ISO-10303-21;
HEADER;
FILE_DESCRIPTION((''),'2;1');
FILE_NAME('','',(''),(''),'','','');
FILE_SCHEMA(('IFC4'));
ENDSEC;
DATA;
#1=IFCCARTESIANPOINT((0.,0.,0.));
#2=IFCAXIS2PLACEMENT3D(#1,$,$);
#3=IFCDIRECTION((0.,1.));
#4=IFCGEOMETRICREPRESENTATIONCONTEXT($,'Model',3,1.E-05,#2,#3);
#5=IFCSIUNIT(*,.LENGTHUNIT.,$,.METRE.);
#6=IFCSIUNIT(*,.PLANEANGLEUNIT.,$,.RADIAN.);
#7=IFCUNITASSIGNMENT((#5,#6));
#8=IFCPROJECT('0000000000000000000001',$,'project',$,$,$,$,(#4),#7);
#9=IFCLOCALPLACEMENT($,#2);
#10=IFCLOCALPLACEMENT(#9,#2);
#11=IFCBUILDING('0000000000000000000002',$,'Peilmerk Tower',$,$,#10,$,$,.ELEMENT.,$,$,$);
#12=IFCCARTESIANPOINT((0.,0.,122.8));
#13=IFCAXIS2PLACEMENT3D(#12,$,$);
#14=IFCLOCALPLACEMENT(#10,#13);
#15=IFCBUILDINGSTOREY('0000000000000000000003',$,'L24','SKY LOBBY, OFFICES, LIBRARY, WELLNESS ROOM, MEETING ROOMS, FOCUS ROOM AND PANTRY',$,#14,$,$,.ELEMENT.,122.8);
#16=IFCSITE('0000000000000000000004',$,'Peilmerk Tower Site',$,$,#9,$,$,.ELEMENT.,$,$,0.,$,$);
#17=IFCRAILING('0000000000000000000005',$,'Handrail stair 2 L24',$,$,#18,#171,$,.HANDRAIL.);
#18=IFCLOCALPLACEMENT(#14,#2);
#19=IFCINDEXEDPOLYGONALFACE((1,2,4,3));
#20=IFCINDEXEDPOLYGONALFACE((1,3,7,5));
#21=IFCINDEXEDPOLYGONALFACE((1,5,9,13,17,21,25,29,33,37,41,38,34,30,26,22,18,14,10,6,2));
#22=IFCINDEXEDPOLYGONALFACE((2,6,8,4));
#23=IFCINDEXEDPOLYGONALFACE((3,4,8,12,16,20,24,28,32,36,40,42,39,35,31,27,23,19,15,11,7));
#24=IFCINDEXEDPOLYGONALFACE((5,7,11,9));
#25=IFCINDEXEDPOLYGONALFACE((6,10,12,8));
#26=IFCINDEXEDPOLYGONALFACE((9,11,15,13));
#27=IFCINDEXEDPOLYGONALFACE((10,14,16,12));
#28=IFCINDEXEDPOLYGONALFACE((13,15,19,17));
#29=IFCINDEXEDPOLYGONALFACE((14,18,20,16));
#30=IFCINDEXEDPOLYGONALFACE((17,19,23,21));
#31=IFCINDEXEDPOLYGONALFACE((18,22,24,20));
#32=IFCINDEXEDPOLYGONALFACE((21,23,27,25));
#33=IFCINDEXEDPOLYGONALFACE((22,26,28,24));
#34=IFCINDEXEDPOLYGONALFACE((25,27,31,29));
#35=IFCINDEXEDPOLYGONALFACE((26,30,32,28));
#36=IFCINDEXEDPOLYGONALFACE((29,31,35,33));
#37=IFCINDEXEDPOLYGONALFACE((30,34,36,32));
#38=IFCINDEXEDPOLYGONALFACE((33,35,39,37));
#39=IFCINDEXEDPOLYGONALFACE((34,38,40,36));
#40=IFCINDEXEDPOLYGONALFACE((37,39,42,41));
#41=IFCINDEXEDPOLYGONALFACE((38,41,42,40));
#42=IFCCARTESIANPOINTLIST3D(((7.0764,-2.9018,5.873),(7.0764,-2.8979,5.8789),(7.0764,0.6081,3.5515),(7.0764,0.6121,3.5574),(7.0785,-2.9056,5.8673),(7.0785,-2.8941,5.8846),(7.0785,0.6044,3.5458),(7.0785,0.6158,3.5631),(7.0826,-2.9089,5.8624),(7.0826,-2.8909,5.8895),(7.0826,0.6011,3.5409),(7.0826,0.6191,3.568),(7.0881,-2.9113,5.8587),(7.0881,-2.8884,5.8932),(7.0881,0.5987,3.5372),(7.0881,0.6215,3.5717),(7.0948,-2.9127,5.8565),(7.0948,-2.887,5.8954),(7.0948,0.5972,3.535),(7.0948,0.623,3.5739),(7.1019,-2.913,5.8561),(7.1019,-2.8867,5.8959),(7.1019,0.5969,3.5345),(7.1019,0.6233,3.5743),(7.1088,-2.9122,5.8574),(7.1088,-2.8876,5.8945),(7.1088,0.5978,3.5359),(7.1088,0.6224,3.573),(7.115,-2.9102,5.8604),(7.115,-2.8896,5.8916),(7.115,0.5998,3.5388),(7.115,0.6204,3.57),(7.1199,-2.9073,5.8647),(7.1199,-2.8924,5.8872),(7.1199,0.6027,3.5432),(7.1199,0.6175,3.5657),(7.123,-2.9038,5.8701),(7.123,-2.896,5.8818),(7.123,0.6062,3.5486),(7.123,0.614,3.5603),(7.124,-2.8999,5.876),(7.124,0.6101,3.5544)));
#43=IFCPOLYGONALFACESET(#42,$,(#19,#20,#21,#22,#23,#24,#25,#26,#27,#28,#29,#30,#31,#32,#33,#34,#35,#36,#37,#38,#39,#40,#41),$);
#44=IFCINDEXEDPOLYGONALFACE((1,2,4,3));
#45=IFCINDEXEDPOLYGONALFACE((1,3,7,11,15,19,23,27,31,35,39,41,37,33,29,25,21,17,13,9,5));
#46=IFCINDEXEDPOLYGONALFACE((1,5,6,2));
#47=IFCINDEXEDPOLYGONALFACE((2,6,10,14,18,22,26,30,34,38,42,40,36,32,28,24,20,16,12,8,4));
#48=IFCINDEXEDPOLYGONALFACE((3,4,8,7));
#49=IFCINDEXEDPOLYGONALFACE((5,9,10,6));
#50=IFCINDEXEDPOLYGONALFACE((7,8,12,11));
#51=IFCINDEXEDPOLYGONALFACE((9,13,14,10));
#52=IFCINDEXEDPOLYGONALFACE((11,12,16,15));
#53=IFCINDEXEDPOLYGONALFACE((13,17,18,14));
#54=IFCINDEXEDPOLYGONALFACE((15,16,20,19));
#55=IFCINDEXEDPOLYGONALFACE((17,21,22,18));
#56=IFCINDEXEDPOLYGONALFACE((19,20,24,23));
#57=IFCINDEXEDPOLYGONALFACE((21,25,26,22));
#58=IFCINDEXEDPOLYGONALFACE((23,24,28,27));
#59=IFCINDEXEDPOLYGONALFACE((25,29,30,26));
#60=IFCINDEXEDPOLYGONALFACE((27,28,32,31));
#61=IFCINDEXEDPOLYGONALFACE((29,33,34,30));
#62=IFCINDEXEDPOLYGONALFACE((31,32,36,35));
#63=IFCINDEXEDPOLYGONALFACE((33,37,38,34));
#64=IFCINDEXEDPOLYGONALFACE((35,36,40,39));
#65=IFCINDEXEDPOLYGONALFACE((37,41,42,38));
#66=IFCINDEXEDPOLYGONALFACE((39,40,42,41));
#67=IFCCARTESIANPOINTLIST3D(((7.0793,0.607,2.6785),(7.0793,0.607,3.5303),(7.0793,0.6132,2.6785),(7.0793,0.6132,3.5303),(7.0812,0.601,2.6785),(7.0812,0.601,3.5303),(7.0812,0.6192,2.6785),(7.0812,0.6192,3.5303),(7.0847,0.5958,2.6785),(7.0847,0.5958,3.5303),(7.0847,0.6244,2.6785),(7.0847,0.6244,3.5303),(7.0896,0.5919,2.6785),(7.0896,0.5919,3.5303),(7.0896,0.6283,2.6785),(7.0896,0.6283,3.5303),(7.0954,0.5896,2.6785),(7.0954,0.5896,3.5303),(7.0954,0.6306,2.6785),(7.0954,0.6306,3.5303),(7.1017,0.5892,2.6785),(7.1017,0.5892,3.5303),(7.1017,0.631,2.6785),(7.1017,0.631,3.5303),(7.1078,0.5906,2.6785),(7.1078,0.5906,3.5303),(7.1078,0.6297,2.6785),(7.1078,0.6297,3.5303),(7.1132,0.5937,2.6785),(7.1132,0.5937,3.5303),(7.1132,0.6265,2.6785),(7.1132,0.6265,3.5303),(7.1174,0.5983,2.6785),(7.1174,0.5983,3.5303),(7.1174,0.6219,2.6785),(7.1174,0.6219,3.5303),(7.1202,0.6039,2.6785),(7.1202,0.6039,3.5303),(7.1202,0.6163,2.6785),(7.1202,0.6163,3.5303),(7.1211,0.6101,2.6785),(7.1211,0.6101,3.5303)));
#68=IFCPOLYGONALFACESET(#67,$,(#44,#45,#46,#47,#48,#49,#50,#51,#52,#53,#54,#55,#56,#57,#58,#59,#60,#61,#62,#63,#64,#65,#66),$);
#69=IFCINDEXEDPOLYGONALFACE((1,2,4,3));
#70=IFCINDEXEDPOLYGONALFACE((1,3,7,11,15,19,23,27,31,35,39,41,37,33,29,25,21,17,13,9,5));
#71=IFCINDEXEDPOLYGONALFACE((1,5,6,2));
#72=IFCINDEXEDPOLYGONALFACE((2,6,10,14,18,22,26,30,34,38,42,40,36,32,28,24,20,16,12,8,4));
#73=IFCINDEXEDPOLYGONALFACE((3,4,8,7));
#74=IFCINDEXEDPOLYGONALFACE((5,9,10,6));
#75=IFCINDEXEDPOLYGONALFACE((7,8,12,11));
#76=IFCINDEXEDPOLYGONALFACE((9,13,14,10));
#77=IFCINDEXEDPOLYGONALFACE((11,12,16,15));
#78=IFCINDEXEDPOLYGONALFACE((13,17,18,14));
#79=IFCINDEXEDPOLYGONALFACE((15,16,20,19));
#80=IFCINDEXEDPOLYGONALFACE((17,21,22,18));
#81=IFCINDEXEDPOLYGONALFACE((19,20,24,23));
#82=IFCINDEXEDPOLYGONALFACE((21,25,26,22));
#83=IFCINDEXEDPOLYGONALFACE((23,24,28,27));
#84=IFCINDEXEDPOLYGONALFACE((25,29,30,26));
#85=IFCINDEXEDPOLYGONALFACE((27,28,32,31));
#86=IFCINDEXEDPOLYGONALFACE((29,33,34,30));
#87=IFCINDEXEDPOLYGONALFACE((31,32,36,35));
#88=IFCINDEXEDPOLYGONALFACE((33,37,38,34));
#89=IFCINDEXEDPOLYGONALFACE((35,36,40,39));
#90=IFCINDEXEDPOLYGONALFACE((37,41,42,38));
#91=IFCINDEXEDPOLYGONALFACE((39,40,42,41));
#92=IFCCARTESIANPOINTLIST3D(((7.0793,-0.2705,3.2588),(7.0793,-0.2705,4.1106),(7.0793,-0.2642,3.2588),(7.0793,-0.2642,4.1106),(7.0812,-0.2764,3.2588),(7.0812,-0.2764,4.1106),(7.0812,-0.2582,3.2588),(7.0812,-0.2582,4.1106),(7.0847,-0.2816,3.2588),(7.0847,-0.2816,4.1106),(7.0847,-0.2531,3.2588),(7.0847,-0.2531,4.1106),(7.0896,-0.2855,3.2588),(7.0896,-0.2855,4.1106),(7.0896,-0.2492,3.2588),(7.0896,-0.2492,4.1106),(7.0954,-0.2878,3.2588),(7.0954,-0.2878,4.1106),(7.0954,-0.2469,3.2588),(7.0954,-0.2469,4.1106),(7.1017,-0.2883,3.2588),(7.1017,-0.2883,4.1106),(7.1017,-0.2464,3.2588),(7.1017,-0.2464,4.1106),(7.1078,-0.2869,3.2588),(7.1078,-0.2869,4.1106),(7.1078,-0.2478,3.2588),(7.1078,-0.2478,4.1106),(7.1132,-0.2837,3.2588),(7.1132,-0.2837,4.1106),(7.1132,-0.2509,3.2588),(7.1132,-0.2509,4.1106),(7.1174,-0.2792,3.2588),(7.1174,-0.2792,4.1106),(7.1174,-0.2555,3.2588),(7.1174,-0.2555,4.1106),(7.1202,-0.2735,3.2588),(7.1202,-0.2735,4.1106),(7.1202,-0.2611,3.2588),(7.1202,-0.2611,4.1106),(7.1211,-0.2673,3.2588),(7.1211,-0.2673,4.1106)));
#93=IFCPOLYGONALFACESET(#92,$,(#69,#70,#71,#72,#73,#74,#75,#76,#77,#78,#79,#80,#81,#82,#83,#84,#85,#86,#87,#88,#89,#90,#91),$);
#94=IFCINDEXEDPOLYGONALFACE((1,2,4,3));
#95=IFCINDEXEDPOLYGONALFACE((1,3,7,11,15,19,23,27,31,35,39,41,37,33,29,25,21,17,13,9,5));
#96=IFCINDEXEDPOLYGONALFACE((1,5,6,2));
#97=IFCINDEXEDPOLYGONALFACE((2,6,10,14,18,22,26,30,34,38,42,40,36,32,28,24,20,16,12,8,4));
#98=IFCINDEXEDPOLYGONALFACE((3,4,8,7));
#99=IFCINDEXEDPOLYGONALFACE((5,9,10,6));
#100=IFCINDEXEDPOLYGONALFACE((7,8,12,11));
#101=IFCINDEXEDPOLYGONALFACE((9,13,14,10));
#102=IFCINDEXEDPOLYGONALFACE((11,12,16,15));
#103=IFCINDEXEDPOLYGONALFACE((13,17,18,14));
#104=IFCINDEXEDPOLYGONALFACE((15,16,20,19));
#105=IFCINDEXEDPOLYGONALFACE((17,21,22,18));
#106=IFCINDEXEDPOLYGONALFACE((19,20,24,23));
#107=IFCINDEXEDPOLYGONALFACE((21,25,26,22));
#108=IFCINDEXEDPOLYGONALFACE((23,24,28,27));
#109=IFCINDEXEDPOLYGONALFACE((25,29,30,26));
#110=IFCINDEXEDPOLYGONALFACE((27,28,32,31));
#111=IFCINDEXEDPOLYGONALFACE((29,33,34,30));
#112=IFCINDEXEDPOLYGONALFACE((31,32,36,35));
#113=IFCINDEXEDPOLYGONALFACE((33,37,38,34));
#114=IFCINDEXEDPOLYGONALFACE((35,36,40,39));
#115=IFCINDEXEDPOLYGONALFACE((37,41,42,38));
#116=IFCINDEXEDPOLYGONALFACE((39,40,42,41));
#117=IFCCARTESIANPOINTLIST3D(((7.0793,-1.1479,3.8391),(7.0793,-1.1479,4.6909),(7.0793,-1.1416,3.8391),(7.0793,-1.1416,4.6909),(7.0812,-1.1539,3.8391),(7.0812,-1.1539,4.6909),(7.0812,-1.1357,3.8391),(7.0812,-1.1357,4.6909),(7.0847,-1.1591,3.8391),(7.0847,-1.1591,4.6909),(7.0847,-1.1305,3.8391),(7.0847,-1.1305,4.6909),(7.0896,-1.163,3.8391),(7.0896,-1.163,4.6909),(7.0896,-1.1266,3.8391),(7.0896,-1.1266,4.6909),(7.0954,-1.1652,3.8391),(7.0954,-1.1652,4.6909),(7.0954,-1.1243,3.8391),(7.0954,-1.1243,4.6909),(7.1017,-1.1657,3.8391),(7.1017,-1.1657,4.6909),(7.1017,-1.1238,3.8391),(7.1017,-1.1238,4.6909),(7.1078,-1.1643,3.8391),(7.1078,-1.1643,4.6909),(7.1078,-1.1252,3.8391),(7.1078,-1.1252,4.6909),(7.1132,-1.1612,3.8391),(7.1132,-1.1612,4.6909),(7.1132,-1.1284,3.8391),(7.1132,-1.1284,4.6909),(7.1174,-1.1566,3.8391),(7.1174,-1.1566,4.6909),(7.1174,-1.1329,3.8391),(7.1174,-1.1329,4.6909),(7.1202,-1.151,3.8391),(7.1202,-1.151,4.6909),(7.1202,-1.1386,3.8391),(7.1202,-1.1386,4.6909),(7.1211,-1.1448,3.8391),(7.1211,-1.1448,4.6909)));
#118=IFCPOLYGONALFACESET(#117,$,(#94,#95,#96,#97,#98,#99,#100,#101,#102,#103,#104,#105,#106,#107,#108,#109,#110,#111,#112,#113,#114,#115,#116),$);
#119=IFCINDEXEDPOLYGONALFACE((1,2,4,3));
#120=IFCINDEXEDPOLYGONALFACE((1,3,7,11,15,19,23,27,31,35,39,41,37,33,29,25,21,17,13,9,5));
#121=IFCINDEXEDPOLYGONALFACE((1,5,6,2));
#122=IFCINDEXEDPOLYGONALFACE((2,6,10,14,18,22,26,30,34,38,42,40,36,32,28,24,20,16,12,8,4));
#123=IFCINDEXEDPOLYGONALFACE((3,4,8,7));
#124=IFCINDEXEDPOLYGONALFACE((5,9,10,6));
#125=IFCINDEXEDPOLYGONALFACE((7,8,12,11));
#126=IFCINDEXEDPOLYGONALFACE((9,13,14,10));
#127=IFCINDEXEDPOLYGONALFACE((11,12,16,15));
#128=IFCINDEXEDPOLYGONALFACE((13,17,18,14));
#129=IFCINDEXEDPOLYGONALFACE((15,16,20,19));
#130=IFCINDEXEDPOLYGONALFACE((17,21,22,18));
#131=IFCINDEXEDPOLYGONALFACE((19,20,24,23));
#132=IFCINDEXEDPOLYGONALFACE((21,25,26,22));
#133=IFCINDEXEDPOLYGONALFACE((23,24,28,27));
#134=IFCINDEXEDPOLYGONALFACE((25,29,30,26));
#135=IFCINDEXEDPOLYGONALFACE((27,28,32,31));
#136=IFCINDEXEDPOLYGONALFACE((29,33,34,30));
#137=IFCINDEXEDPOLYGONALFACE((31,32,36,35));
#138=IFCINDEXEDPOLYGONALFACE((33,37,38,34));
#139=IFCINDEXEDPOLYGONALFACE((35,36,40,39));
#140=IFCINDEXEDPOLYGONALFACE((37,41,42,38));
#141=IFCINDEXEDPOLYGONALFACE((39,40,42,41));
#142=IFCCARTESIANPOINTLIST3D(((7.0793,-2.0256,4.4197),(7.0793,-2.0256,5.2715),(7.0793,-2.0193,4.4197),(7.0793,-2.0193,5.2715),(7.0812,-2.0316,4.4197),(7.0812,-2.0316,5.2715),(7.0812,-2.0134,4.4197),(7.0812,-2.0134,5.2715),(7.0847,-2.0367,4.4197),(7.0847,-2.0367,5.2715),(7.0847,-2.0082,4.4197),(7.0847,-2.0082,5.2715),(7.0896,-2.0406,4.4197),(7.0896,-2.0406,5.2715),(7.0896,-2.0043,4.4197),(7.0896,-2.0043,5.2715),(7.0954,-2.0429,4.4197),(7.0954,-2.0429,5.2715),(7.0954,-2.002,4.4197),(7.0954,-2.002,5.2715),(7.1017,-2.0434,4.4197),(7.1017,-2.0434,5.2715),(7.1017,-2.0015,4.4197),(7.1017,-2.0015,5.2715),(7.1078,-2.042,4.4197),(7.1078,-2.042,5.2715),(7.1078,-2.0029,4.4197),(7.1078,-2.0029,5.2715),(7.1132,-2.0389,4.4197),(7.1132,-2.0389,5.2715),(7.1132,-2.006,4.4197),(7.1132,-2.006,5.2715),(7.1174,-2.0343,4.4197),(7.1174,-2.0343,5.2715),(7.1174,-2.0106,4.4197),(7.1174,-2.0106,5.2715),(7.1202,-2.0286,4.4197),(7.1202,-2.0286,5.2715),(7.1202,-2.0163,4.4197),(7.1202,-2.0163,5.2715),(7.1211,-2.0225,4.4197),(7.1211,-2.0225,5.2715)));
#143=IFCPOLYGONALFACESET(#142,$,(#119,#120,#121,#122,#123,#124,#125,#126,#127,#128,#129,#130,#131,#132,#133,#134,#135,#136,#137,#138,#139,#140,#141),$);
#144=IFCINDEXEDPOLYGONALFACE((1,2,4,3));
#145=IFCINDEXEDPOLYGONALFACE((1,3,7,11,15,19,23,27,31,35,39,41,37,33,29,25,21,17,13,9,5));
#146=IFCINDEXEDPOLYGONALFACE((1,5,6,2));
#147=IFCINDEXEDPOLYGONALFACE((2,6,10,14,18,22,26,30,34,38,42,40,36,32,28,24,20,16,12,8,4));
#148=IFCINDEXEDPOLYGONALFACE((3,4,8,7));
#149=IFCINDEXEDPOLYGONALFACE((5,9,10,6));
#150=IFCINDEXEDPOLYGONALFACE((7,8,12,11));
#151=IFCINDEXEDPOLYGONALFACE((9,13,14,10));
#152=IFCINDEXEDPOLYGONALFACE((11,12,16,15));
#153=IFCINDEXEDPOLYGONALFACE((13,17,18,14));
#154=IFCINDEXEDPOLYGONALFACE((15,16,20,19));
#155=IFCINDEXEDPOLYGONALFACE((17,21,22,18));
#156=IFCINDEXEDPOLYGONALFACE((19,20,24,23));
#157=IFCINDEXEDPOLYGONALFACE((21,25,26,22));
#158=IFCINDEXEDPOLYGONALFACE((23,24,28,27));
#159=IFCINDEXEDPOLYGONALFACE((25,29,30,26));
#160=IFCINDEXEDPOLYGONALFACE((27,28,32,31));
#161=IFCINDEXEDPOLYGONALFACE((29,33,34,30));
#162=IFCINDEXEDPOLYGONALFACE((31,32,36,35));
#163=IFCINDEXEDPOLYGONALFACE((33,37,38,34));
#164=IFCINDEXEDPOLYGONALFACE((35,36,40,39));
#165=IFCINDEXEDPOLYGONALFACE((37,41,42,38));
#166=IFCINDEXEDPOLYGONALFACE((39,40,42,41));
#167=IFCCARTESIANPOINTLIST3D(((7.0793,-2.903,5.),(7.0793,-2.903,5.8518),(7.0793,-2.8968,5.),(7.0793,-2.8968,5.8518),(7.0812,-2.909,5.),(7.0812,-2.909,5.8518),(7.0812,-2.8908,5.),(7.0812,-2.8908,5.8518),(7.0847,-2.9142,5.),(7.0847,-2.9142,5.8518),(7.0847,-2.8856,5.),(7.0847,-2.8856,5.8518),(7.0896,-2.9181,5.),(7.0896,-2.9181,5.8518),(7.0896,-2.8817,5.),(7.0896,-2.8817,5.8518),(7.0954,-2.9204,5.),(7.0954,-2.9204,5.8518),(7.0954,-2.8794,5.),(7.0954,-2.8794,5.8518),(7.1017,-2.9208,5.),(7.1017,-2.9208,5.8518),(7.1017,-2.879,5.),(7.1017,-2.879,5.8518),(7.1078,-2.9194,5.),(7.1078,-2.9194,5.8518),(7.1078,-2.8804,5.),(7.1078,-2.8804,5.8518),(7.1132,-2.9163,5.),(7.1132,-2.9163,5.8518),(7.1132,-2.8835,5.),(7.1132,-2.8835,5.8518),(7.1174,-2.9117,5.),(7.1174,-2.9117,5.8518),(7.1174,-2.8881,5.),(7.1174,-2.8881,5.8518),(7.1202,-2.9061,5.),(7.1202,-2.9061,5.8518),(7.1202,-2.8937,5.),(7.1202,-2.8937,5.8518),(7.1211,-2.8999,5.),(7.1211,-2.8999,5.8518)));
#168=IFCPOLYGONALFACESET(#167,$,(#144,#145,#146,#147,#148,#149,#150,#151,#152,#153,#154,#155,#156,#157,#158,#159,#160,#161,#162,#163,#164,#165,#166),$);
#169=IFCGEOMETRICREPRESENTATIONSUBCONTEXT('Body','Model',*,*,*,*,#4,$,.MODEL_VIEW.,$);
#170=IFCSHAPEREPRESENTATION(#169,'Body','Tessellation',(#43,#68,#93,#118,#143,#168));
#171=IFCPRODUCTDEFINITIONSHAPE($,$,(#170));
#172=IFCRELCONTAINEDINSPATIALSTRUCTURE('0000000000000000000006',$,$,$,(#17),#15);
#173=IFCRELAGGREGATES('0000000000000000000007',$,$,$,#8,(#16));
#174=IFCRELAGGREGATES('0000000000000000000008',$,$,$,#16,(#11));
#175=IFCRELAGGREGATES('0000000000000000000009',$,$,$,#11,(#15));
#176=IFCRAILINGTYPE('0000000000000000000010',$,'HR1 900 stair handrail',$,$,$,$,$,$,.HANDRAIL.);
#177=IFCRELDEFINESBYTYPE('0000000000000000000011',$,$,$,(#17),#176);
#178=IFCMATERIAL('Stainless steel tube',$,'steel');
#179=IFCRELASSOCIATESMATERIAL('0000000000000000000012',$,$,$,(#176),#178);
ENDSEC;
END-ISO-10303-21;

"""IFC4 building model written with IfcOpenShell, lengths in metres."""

from ifc_helpers import new_model, si_unit, direction, frame, origin, origin_2d, place, context, subcontext, project, spatial, circle, extrude, material, type_object, element, save


model = new_model("IFC4")

# Units and contexts
model_context = context("Model", 3, precision=1e-05, world=origin(), true_north=direction((0.0, 1.0)))
body_context = subcontext(model_context, "Body", "Model", "MODEL_VIEW")
ifc_project = project(units=[si_unit("LENGTHUNIT", "METRE"), si_unit("PLANEANGLEUNIT", "RADIAN")], contexts=[model_context])

# Site, building, storey
site_placement = place(None, origin())
site = spatial("IfcSite", under=ifc_project, at=site_placement, Name="Peilmerk Tower Site", CompositionType="ELEMENT", RefElevation=0.0)
building_placement = place(site_placement, origin())
building = spatial("IfcBuilding", under=site, at=building_placement, Name="Peilmerk Tower", CompositionType="ELEMENT")
storey_placement = place(building_placement, frame((0.0, 0.0, 122.8)))
storey = spatial("IfcBuildingStorey", under=building, at=storey_placement, Name="L24", Description="SKY LOBBY, OFFICES, LIBRARY, WELLNESS ROOM, MEETING ROOMS, FOCUS ROOM AND PANTRY", CompositionType="ELEMENT", Elevation=122.8)

# Railing
ifc_material_1 = material(Name="Stainless steel tube", Category="steel")
railing_type = type_object("IfcRailingType", Name="HR1 900 stair handrail", PredefinedType="HANDRAIL", material=ifc_material_1)
railing_placement = place(storey_placement, frame((7.1001, 0.6101, 2.6785)))
element("IfcRailing", 1, at=railing_placement, inside=storey, type_object=railing_type, Name="Handrail stair 2 L24", PredefinedType="HANDRAIL", context=body_context, shape_type="SweptSolid", body=[
    extrude(circle(Radius=0.0239, at=origin_2d()), frame((0.0, 0.0, 0.876), z_axis=(0.0, -0.834071, 0.551657), x_axis=(1.0, 0.0, 0.0)), (0.0, 0.0, 1.0), 4.2083),
    extrude(circle(Radius=0.021, at=origin_2d()), origin(), (0.0, 0.0, 1.0), 0.8518),
    extrude(circle(Radius=0.021, at=origin_2d()), frame((0.0, -0.8774, 0.5803)), (0.0, 0.0, 1.0), 0.8518),
    extrude(circle(Radius=0.021, at=origin_2d()), frame((0.0, -1.7549, 1.1606)), (0.0, 0.0, 1.0), 0.8518),
    extrude(circle(Radius=0.021, at=origin_2d()), frame((0.0, -2.6326, 1.7412)), (0.0, 0.0, 1.0), 0.8518),
    extrude(circle(Radius=0.021, at=origin_2d()), frame((0.0, -3.51, 2.3215)), (0.0, 0.0, 1.0), 0.8518),
])

save(model, "model.ifc")
